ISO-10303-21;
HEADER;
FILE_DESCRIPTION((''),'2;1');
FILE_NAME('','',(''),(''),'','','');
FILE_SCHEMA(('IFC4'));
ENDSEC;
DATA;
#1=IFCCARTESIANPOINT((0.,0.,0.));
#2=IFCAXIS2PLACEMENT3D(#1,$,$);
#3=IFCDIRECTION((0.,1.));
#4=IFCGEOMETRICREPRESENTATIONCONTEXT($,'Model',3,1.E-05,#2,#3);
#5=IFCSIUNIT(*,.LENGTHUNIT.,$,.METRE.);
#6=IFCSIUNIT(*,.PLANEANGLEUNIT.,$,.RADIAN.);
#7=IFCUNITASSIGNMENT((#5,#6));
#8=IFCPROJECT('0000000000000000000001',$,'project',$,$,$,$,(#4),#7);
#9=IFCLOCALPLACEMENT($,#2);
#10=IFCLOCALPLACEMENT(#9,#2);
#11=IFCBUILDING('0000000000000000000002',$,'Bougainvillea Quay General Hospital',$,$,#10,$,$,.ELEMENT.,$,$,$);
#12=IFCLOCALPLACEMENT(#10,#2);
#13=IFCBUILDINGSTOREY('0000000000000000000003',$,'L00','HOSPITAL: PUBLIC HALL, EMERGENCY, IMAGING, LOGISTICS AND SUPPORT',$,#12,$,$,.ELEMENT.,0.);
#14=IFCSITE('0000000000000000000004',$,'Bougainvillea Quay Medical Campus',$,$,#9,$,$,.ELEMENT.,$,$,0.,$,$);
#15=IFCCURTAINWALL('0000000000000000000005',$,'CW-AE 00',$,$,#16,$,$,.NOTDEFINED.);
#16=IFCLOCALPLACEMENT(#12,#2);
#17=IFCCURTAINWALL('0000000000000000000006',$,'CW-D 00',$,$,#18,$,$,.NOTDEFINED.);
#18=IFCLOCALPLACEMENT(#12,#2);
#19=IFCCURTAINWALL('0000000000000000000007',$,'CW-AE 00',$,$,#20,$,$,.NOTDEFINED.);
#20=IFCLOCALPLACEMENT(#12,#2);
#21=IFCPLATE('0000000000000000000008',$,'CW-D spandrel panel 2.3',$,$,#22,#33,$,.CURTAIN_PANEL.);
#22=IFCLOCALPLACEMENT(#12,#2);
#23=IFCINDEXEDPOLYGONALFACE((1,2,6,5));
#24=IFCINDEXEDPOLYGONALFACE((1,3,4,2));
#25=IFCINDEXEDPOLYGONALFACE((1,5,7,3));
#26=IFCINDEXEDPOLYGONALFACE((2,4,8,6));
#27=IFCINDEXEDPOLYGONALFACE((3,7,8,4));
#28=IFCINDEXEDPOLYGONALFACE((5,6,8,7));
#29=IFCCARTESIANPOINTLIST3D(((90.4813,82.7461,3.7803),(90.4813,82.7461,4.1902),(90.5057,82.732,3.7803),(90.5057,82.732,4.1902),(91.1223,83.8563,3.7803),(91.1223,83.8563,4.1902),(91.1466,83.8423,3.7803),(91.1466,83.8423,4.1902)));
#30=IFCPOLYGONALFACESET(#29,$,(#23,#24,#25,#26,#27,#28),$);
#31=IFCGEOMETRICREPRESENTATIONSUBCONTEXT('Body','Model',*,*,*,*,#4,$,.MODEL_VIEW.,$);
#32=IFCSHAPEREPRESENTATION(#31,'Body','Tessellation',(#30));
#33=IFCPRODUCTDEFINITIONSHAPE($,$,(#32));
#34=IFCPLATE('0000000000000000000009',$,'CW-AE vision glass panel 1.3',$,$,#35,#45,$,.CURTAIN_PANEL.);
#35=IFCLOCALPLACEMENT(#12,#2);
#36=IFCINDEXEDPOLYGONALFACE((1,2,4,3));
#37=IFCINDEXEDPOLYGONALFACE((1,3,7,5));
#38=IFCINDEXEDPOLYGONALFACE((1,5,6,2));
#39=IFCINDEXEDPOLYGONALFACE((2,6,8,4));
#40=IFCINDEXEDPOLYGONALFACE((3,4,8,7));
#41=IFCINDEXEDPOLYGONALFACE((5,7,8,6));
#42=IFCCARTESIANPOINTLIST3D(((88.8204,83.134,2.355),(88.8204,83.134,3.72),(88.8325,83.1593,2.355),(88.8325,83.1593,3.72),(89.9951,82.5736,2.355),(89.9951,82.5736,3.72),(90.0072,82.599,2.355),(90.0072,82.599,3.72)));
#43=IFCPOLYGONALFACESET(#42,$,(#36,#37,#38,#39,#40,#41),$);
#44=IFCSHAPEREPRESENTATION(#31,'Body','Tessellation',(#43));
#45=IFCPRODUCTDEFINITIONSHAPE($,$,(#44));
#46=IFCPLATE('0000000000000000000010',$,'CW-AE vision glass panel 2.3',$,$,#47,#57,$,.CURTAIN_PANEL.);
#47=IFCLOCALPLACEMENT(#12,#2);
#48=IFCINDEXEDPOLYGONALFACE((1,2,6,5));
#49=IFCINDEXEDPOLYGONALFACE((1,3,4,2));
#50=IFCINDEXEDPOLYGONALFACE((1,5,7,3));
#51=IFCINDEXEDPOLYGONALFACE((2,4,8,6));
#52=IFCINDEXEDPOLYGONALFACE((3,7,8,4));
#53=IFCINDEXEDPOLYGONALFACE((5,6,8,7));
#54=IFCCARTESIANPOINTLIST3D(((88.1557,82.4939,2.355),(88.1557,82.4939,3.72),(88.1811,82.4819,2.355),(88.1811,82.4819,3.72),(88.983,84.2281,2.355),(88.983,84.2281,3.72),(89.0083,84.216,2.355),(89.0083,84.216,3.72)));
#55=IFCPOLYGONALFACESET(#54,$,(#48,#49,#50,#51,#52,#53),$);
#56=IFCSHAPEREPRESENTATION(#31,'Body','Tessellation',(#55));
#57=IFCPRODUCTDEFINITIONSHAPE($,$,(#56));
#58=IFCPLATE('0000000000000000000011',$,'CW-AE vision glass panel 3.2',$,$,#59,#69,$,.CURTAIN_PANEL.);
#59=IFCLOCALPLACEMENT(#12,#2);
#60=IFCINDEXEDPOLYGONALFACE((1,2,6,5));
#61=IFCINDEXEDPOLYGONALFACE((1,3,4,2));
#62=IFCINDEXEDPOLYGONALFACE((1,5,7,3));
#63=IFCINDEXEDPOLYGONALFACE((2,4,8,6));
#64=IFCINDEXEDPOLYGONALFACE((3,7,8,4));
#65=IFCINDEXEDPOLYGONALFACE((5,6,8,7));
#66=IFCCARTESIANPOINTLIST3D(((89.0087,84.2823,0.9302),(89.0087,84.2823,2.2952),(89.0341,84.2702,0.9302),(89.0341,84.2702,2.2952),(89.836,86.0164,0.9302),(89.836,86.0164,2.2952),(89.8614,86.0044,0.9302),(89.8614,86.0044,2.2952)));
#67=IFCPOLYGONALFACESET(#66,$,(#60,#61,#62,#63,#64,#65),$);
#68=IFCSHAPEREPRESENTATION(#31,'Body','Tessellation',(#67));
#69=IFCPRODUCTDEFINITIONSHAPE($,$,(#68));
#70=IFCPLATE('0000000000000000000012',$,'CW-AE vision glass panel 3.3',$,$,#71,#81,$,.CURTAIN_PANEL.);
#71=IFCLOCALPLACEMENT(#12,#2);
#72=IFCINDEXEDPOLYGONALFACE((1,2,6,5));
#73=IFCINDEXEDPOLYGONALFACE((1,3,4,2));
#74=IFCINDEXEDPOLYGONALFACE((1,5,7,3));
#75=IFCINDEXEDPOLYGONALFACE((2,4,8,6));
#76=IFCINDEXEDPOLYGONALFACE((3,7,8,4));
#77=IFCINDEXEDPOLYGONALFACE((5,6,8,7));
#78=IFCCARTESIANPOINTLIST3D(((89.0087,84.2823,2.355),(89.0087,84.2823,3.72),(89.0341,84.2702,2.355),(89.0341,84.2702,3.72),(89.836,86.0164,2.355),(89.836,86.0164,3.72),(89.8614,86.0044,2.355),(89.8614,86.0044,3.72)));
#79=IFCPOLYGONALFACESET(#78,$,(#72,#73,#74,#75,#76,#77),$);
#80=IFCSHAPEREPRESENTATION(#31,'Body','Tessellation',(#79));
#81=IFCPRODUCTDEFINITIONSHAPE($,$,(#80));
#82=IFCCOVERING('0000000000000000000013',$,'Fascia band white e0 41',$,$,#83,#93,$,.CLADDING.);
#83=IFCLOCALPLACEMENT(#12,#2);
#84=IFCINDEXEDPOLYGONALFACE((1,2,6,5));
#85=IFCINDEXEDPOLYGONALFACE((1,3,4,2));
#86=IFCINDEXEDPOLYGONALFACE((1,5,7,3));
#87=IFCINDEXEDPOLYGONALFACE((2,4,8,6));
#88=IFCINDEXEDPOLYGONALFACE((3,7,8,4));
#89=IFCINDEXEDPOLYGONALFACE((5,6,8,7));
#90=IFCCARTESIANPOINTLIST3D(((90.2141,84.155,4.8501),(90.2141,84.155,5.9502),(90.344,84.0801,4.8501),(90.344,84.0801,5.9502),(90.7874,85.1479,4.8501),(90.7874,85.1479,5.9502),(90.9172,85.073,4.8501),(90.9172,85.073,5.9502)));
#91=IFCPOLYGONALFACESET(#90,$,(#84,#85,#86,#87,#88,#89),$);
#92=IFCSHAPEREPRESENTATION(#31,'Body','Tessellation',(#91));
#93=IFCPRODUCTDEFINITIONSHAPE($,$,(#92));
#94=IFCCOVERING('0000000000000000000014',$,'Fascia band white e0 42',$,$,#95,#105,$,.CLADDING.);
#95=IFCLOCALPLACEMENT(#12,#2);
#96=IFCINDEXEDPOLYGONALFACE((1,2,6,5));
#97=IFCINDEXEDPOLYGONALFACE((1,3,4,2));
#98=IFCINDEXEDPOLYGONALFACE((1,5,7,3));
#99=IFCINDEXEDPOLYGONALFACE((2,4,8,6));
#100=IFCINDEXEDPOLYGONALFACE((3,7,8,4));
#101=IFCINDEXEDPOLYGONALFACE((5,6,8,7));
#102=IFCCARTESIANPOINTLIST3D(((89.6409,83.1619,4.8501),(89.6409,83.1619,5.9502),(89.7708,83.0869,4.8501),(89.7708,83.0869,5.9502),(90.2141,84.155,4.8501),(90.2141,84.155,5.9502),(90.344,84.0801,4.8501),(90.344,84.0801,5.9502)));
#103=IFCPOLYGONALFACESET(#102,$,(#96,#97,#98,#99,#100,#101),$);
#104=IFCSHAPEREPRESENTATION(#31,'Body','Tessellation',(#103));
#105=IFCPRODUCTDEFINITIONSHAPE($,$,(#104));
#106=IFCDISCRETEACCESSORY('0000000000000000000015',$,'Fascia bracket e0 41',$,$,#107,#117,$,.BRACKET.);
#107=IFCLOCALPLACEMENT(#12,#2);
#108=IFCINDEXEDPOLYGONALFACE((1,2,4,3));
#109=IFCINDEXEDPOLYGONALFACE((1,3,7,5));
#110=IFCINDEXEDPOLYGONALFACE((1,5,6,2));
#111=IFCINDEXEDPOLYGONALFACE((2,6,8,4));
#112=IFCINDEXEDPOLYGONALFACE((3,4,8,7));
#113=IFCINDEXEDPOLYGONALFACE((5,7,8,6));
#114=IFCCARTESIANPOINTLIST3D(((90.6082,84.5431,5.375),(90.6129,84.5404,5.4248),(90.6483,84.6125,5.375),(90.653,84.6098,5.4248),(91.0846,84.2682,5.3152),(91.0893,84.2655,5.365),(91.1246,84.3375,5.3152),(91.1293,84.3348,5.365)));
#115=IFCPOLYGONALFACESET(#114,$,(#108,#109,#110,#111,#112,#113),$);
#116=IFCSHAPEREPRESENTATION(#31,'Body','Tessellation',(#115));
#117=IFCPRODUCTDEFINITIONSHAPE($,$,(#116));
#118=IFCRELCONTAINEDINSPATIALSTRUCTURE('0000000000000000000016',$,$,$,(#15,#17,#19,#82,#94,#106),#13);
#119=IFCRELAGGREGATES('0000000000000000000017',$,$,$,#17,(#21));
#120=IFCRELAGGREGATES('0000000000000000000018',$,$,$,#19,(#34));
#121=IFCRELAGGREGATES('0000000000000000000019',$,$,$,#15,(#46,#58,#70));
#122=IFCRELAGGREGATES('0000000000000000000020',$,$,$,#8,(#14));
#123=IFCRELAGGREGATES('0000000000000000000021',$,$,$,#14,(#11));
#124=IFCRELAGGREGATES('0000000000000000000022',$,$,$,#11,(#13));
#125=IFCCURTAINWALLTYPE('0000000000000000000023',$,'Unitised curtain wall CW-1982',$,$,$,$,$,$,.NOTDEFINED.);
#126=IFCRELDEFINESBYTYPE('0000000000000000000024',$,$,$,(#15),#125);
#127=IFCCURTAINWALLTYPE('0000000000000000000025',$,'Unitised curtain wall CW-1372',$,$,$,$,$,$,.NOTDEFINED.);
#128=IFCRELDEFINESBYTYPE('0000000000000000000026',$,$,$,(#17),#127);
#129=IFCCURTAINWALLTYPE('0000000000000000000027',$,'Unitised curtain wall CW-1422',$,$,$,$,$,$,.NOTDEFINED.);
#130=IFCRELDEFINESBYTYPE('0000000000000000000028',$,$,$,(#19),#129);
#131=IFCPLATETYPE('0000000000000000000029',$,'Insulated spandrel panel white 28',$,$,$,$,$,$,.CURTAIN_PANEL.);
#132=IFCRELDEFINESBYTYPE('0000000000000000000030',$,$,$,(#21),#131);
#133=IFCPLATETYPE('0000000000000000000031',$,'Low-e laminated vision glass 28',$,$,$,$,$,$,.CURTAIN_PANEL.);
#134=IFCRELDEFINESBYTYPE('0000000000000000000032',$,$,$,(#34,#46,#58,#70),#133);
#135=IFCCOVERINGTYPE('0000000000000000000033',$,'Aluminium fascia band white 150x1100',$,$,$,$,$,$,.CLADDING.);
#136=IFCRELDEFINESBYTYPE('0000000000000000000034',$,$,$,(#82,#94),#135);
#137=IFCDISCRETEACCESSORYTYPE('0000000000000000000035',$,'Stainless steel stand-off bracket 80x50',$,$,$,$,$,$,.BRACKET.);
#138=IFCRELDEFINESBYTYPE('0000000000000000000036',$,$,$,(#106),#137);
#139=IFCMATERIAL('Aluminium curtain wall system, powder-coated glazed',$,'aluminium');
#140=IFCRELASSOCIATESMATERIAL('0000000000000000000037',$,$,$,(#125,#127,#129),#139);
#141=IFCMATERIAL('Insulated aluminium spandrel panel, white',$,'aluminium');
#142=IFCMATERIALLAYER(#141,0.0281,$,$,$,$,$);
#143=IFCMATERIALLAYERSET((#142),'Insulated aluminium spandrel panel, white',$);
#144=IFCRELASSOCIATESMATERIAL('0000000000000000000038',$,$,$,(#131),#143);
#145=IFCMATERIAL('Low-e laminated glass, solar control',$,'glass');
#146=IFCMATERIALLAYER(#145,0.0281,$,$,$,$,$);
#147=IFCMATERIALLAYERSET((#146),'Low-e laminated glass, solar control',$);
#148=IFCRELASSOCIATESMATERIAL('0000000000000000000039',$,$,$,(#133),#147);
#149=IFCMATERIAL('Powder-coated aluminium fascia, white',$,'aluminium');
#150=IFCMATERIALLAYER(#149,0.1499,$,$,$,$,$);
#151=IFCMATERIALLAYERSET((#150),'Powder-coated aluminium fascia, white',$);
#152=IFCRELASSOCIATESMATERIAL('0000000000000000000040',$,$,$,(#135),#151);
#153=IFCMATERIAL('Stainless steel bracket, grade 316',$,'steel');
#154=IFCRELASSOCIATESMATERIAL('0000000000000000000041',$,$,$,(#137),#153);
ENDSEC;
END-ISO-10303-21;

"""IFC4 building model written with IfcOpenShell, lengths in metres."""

from ifc_helpers import new_model, si_unit, direction, frame, origin, origin_2d, place, context, subcontext, project, spatial, polyline, rectangle, outline, extrude, material, layer, layer_set, material_profile, profile_set, type_object, element, aggregate, save


model = new_model("IFC4")

# Units and contexts
model_context = context("Model", 3, precision=1e-05, world=origin(), true_north=direction((0.0, 1.0)))
body_context = subcontext(model_context, "Body", "Model", "MODEL_VIEW")
ifc_project = project(units=[si_unit("LENGTHUNIT", "METRE"), si_unit("PLANEANGLEUNIT", "RADIAN")], contexts=[model_context])

# Site, building, storey
site_placement = place(None, origin())
site = spatial("IfcSite", under=ifc_project, at=site_placement, Name="Bougainvillea Quay Medical Campus", CompositionType="ELEMENT", RefElevation=0.0)
building_placement = place(site_placement, origin())
building = spatial("IfcBuilding", under=site, at=building_placement, Name="Bougainvillea Quay General Hospital", CompositionType="ELEMENT")
storey_placement = place(building_placement, origin())
storey = spatial("IfcBuildingStorey", under=building, at=storey_placement, Name="L00", Description="HOSPITAL: PUBLIC HALL, EMERGENCY, IMAGING, LOGISTICS AND SUPPORT", CompositionType="ELEMENT", Elevation=0.0)

# Curtain walls
ifc_material_1 = material(Name="Aluminium curtain wall system, powder-coated glazed", Category="aluminium")
curtain_wall_type_1 = type_object("IfcCurtainWallType", Name="Unitised curtain wall CW-1982", PredefinedType="NOTDEFINED", material=ifc_material_1)
curtain_wall_1_placement = place(storey_placement, origin())
curtain_wall_1 = element("IfcCurtainWall", 1, at=curtain_wall_1_placement, inside=storey, type_object=curtain_wall_type_1, Name="CW-AE 00", PredefinedType="NOTDEFINED")
curtain_wall_type_2 = type_object("IfcCurtainWallType", Name="Unitised curtain wall CW-1372", PredefinedType="NOTDEFINED", material=ifc_material_1)
curtain_wall_2_placement = place(storey_placement, origin())
curtain_wall_2 = element("IfcCurtainWall", 2, at=curtain_wall_2_placement, inside=storey, type_object=curtain_wall_type_2, Name="CW-D 00", PredefinedType="NOTDEFINED")

# Curtain wall
curtain_wall_type_3 = type_object("IfcCurtainWallType", Name="Unitised curtain wall CW-1422", PredefinedType="NOTDEFINED", material=ifc_material_1)
curtain_wall_3_placement = place(storey_placement, origin())
curtain_wall_3 = element("IfcCurtainWall", 3, at=curtain_wall_3_placement, inside=storey, type_object=curtain_wall_type_3, Name="CW-AE 00", PredefinedType="NOTDEFINED")
ifc_material_2 = material(Name="Insulated aluminium spandrel panel, white", Category="aluminium")
ifc_layer_1 = layer(ifc_material_2, 0.0281)
ifc_layer_set_1 = layer_set([ifc_layer_1], Name="Insulated aluminium spandrel panel, white")
plate_type_1 = type_object("IfcPlateType", Name="Insulated spandrel panel white 28", PredefinedType="CURTAIN_PANEL", material=ifc_layer_set_1)

# Plates
plate_1_placement = place(storey_placement, frame((90.814, 83.2942, 3.7803), z_axis=(0.0, 0.0, 1.0), x_axis=(-0.499962, -0.866048, 0.0)))
plate_1 = element("IfcPlate", 4, at=plate_1_placement, type_object=plate_type_1, Name="CW-D spandrel panel 2.3", PredefinedType="CURTAIN_PANEL", context=body_context, shape_type="SweptSolid", body=[
    extrude(rectangle(XDim=1.282, YDim=0.0281, at=origin_2d()), origin(), (0.0, 0.0, 1.0), 0.4099),
])
aggregate(curtain_wall_2, [plate_1])
ifc_material_3 = material(Name="Low-e laminated glass, solar control", Category="glass")
ifc_layer_2 = layer(ifc_material_3, 0.0281)
ifc_layer_set_2 = layer_set([ifc_layer_2], Name="Low-e laminated glass, solar control")
plate_type_2 = type_object("IfcPlateType", Name="Low-e laminated vision glass 28", PredefinedType="CURTAIN_PANEL", material=ifc_layer_set_2)
plate_2_placement = place(storey_placement, frame((89.4138, 82.8665, 2.355), z_axis=(0.0, 0.0, 1.0), x_axis=(-0.902574, 0.430534, 0.0)))
plate_2 = element("IfcPlate", 5, at=plate_2_placement, type_object=plate_type_2, Name="CW-AE vision glass panel 1.3", PredefinedType="CURTAIN_PANEL", context=body_context, shape_type="SweptSolid", body=[
    extrude(rectangle(XDim=1.3015, YDim=0.0281, at=origin_2d()), origin(), (0.0, 0.0, 1.0), 1.365),
])
aggregate(curtain_wall_3, [plate_2])
plate_3_placement = place(storey_placement, frame((88.582, 83.355, 2.355), z_axis=(0.0, 0.0, 1.0), x_axis=(0.430563, 0.902561, 0.0)))
plate_3 = element("IfcPlate", 6, at=plate_3_placement, type_object=plate_type_2, Name="CW-AE vision glass panel 2.3", PredefinedType="CURTAIN_PANEL", context=body_context, shape_type="SweptSolid", body=[
    extrude(rectangle(XDim=1.9214, YDim=0.0281, at=origin_2d()), origin(), (0.0, 0.0, 1.0), 1.365),
])
plate_4_placement = place(storey_placement, frame((89.4351, 85.1433, 0.9302), z_axis=(0.0, 0.0, 1.0), x_axis=(0.430563, 0.902561, 0.0)))
plate_4 = element("IfcPlate", 7, at=plate_4_placement, type_object=plate_type_2, Name="CW-AE vision glass panel 3.2", PredefinedType="CURTAIN_PANEL", context=body_context, shape_type="SweptSolid", body=[
    extrude(rectangle(XDim=1.9214, YDim=0.0281, at=origin_2d()), origin(), (0.0, 0.0, 1.0), 1.365),
])
plate_5_placement = place(storey_placement, frame((89.4351, 85.1433, 2.355), z_axis=(0.0, 0.0, 1.0), x_axis=(0.430563, 0.902561, 0.0)))
plate_5 = element("IfcPlate", 8, at=plate_5_placement, type_object=plate_type_2, Name="CW-AE vision glass panel 3.3", PredefinedType="CURTAIN_PANEL", context=body_context, shape_type="SweptSolid", body=[
    extrude(rectangle(XDim=1.9214, YDim=0.0281, at=origin_2d()), origin(), (0.0, 0.0, 1.0), 1.365),
])
aggregate(curtain_wall_1, [plate_3, plate_4, plate_5])

# Coverings
ifc_material_4 = material(Name="Powder-coated aluminium fascia, white", Category="aluminium")
ifc_layer_3 = layer(ifc_material_4, 0.1499)
ifc_layer_set_3 = layer_set([ifc_layer_3], Name="Powder-coated aluminium fascia, white")
covering_type = type_object("IfcCoveringType", Name="Aluminium fascia band white 150x1100", PredefinedType="CLADDING", material=ifc_layer_set_3)
covering_1_placement = place(storey_placement, frame((90.9172, 85.073, 4.8501), z_axis=(0.0, 0.0, 1.0), x_axis=(-0.499987, -0.866033, 0.0)))
element("IfcCovering", 9, at=covering_1_placement, inside=storey, type_object=covering_type, Name="Fascia band white e0 41", PredefinedType="CLADDING", context=body_context, shape_type="SweptSolid", body=[
    extrude(outline(polyline([(0.0, 0.0), (1.1465, 0.0), (1.1465, -0.15), (0.0, -0.15), (0.0, 0.0)])), origin(), (0.0, 0.0, 1.0), 1.1001),
])
covering_2_placement = place(storey_placement, frame((90.344, 84.0801, 4.8501), z_axis=(0.0, 0.0, 1.0), x_axis=(-0.499894, -0.866086, 0.0)))
element("IfcCovering", 10, at=covering_2_placement, inside=storey, type_object=covering_type, Name="Fascia band white e0 42", PredefinedType="CLADDING", context=body_context, shape_type="SweptSolid", body=[
    extrude(outline(polyline([(0.0, 0.0), (1.1467, 0.0), (1.1467, -0.15), (0.0, -0.15), (0.0, 0.0)])), origin(), (0.0, 0.0, 1.0), 1.1001),
])

# Discrete accessory
ifc_material_5 = material(Name="Stainless steel bracket, grade 316", Category="steel")
ifc_material_profile_1 = material_profile(ifc_material_5, rectangle(XDim=0.0801, YDim=0.05, at=origin_2d()))
ifc_profile_set_1 = profile_set([ifc_material_profile_1], Name="Stainless steel bracket, grade 316")
discrete_accessory_type = type_object("IfcDiscreteAccessoryType", Name="Stainless steel stand-off bracket 80x50", PredefinedType="BRACKET", material=ifc_profile_set_1)
discrete_accessory_placement = place(storey_placement, frame((91.1069, 84.3015, 5.3401), z_axis=(-0.861027, 0.496933, 0.108125), x_axis=(-0.499863, -0.866104, 0.0)))
element("IfcDiscreteAccessory", 11, at=discrete_accessory_placement, inside=storey, type_object=discrete_accessory_type, Name="Fascia bracket e0 41", PredefinedType="BRACKET", context=body_context, shape_type="SweptSolid", body=[
    extrude(rectangle(XDim=0.0801, YDim=0.05, at=origin_2d()), origin(), (0.0, 0.0, 1.0), 0.5532),
])

save(model, "model.ifc")
